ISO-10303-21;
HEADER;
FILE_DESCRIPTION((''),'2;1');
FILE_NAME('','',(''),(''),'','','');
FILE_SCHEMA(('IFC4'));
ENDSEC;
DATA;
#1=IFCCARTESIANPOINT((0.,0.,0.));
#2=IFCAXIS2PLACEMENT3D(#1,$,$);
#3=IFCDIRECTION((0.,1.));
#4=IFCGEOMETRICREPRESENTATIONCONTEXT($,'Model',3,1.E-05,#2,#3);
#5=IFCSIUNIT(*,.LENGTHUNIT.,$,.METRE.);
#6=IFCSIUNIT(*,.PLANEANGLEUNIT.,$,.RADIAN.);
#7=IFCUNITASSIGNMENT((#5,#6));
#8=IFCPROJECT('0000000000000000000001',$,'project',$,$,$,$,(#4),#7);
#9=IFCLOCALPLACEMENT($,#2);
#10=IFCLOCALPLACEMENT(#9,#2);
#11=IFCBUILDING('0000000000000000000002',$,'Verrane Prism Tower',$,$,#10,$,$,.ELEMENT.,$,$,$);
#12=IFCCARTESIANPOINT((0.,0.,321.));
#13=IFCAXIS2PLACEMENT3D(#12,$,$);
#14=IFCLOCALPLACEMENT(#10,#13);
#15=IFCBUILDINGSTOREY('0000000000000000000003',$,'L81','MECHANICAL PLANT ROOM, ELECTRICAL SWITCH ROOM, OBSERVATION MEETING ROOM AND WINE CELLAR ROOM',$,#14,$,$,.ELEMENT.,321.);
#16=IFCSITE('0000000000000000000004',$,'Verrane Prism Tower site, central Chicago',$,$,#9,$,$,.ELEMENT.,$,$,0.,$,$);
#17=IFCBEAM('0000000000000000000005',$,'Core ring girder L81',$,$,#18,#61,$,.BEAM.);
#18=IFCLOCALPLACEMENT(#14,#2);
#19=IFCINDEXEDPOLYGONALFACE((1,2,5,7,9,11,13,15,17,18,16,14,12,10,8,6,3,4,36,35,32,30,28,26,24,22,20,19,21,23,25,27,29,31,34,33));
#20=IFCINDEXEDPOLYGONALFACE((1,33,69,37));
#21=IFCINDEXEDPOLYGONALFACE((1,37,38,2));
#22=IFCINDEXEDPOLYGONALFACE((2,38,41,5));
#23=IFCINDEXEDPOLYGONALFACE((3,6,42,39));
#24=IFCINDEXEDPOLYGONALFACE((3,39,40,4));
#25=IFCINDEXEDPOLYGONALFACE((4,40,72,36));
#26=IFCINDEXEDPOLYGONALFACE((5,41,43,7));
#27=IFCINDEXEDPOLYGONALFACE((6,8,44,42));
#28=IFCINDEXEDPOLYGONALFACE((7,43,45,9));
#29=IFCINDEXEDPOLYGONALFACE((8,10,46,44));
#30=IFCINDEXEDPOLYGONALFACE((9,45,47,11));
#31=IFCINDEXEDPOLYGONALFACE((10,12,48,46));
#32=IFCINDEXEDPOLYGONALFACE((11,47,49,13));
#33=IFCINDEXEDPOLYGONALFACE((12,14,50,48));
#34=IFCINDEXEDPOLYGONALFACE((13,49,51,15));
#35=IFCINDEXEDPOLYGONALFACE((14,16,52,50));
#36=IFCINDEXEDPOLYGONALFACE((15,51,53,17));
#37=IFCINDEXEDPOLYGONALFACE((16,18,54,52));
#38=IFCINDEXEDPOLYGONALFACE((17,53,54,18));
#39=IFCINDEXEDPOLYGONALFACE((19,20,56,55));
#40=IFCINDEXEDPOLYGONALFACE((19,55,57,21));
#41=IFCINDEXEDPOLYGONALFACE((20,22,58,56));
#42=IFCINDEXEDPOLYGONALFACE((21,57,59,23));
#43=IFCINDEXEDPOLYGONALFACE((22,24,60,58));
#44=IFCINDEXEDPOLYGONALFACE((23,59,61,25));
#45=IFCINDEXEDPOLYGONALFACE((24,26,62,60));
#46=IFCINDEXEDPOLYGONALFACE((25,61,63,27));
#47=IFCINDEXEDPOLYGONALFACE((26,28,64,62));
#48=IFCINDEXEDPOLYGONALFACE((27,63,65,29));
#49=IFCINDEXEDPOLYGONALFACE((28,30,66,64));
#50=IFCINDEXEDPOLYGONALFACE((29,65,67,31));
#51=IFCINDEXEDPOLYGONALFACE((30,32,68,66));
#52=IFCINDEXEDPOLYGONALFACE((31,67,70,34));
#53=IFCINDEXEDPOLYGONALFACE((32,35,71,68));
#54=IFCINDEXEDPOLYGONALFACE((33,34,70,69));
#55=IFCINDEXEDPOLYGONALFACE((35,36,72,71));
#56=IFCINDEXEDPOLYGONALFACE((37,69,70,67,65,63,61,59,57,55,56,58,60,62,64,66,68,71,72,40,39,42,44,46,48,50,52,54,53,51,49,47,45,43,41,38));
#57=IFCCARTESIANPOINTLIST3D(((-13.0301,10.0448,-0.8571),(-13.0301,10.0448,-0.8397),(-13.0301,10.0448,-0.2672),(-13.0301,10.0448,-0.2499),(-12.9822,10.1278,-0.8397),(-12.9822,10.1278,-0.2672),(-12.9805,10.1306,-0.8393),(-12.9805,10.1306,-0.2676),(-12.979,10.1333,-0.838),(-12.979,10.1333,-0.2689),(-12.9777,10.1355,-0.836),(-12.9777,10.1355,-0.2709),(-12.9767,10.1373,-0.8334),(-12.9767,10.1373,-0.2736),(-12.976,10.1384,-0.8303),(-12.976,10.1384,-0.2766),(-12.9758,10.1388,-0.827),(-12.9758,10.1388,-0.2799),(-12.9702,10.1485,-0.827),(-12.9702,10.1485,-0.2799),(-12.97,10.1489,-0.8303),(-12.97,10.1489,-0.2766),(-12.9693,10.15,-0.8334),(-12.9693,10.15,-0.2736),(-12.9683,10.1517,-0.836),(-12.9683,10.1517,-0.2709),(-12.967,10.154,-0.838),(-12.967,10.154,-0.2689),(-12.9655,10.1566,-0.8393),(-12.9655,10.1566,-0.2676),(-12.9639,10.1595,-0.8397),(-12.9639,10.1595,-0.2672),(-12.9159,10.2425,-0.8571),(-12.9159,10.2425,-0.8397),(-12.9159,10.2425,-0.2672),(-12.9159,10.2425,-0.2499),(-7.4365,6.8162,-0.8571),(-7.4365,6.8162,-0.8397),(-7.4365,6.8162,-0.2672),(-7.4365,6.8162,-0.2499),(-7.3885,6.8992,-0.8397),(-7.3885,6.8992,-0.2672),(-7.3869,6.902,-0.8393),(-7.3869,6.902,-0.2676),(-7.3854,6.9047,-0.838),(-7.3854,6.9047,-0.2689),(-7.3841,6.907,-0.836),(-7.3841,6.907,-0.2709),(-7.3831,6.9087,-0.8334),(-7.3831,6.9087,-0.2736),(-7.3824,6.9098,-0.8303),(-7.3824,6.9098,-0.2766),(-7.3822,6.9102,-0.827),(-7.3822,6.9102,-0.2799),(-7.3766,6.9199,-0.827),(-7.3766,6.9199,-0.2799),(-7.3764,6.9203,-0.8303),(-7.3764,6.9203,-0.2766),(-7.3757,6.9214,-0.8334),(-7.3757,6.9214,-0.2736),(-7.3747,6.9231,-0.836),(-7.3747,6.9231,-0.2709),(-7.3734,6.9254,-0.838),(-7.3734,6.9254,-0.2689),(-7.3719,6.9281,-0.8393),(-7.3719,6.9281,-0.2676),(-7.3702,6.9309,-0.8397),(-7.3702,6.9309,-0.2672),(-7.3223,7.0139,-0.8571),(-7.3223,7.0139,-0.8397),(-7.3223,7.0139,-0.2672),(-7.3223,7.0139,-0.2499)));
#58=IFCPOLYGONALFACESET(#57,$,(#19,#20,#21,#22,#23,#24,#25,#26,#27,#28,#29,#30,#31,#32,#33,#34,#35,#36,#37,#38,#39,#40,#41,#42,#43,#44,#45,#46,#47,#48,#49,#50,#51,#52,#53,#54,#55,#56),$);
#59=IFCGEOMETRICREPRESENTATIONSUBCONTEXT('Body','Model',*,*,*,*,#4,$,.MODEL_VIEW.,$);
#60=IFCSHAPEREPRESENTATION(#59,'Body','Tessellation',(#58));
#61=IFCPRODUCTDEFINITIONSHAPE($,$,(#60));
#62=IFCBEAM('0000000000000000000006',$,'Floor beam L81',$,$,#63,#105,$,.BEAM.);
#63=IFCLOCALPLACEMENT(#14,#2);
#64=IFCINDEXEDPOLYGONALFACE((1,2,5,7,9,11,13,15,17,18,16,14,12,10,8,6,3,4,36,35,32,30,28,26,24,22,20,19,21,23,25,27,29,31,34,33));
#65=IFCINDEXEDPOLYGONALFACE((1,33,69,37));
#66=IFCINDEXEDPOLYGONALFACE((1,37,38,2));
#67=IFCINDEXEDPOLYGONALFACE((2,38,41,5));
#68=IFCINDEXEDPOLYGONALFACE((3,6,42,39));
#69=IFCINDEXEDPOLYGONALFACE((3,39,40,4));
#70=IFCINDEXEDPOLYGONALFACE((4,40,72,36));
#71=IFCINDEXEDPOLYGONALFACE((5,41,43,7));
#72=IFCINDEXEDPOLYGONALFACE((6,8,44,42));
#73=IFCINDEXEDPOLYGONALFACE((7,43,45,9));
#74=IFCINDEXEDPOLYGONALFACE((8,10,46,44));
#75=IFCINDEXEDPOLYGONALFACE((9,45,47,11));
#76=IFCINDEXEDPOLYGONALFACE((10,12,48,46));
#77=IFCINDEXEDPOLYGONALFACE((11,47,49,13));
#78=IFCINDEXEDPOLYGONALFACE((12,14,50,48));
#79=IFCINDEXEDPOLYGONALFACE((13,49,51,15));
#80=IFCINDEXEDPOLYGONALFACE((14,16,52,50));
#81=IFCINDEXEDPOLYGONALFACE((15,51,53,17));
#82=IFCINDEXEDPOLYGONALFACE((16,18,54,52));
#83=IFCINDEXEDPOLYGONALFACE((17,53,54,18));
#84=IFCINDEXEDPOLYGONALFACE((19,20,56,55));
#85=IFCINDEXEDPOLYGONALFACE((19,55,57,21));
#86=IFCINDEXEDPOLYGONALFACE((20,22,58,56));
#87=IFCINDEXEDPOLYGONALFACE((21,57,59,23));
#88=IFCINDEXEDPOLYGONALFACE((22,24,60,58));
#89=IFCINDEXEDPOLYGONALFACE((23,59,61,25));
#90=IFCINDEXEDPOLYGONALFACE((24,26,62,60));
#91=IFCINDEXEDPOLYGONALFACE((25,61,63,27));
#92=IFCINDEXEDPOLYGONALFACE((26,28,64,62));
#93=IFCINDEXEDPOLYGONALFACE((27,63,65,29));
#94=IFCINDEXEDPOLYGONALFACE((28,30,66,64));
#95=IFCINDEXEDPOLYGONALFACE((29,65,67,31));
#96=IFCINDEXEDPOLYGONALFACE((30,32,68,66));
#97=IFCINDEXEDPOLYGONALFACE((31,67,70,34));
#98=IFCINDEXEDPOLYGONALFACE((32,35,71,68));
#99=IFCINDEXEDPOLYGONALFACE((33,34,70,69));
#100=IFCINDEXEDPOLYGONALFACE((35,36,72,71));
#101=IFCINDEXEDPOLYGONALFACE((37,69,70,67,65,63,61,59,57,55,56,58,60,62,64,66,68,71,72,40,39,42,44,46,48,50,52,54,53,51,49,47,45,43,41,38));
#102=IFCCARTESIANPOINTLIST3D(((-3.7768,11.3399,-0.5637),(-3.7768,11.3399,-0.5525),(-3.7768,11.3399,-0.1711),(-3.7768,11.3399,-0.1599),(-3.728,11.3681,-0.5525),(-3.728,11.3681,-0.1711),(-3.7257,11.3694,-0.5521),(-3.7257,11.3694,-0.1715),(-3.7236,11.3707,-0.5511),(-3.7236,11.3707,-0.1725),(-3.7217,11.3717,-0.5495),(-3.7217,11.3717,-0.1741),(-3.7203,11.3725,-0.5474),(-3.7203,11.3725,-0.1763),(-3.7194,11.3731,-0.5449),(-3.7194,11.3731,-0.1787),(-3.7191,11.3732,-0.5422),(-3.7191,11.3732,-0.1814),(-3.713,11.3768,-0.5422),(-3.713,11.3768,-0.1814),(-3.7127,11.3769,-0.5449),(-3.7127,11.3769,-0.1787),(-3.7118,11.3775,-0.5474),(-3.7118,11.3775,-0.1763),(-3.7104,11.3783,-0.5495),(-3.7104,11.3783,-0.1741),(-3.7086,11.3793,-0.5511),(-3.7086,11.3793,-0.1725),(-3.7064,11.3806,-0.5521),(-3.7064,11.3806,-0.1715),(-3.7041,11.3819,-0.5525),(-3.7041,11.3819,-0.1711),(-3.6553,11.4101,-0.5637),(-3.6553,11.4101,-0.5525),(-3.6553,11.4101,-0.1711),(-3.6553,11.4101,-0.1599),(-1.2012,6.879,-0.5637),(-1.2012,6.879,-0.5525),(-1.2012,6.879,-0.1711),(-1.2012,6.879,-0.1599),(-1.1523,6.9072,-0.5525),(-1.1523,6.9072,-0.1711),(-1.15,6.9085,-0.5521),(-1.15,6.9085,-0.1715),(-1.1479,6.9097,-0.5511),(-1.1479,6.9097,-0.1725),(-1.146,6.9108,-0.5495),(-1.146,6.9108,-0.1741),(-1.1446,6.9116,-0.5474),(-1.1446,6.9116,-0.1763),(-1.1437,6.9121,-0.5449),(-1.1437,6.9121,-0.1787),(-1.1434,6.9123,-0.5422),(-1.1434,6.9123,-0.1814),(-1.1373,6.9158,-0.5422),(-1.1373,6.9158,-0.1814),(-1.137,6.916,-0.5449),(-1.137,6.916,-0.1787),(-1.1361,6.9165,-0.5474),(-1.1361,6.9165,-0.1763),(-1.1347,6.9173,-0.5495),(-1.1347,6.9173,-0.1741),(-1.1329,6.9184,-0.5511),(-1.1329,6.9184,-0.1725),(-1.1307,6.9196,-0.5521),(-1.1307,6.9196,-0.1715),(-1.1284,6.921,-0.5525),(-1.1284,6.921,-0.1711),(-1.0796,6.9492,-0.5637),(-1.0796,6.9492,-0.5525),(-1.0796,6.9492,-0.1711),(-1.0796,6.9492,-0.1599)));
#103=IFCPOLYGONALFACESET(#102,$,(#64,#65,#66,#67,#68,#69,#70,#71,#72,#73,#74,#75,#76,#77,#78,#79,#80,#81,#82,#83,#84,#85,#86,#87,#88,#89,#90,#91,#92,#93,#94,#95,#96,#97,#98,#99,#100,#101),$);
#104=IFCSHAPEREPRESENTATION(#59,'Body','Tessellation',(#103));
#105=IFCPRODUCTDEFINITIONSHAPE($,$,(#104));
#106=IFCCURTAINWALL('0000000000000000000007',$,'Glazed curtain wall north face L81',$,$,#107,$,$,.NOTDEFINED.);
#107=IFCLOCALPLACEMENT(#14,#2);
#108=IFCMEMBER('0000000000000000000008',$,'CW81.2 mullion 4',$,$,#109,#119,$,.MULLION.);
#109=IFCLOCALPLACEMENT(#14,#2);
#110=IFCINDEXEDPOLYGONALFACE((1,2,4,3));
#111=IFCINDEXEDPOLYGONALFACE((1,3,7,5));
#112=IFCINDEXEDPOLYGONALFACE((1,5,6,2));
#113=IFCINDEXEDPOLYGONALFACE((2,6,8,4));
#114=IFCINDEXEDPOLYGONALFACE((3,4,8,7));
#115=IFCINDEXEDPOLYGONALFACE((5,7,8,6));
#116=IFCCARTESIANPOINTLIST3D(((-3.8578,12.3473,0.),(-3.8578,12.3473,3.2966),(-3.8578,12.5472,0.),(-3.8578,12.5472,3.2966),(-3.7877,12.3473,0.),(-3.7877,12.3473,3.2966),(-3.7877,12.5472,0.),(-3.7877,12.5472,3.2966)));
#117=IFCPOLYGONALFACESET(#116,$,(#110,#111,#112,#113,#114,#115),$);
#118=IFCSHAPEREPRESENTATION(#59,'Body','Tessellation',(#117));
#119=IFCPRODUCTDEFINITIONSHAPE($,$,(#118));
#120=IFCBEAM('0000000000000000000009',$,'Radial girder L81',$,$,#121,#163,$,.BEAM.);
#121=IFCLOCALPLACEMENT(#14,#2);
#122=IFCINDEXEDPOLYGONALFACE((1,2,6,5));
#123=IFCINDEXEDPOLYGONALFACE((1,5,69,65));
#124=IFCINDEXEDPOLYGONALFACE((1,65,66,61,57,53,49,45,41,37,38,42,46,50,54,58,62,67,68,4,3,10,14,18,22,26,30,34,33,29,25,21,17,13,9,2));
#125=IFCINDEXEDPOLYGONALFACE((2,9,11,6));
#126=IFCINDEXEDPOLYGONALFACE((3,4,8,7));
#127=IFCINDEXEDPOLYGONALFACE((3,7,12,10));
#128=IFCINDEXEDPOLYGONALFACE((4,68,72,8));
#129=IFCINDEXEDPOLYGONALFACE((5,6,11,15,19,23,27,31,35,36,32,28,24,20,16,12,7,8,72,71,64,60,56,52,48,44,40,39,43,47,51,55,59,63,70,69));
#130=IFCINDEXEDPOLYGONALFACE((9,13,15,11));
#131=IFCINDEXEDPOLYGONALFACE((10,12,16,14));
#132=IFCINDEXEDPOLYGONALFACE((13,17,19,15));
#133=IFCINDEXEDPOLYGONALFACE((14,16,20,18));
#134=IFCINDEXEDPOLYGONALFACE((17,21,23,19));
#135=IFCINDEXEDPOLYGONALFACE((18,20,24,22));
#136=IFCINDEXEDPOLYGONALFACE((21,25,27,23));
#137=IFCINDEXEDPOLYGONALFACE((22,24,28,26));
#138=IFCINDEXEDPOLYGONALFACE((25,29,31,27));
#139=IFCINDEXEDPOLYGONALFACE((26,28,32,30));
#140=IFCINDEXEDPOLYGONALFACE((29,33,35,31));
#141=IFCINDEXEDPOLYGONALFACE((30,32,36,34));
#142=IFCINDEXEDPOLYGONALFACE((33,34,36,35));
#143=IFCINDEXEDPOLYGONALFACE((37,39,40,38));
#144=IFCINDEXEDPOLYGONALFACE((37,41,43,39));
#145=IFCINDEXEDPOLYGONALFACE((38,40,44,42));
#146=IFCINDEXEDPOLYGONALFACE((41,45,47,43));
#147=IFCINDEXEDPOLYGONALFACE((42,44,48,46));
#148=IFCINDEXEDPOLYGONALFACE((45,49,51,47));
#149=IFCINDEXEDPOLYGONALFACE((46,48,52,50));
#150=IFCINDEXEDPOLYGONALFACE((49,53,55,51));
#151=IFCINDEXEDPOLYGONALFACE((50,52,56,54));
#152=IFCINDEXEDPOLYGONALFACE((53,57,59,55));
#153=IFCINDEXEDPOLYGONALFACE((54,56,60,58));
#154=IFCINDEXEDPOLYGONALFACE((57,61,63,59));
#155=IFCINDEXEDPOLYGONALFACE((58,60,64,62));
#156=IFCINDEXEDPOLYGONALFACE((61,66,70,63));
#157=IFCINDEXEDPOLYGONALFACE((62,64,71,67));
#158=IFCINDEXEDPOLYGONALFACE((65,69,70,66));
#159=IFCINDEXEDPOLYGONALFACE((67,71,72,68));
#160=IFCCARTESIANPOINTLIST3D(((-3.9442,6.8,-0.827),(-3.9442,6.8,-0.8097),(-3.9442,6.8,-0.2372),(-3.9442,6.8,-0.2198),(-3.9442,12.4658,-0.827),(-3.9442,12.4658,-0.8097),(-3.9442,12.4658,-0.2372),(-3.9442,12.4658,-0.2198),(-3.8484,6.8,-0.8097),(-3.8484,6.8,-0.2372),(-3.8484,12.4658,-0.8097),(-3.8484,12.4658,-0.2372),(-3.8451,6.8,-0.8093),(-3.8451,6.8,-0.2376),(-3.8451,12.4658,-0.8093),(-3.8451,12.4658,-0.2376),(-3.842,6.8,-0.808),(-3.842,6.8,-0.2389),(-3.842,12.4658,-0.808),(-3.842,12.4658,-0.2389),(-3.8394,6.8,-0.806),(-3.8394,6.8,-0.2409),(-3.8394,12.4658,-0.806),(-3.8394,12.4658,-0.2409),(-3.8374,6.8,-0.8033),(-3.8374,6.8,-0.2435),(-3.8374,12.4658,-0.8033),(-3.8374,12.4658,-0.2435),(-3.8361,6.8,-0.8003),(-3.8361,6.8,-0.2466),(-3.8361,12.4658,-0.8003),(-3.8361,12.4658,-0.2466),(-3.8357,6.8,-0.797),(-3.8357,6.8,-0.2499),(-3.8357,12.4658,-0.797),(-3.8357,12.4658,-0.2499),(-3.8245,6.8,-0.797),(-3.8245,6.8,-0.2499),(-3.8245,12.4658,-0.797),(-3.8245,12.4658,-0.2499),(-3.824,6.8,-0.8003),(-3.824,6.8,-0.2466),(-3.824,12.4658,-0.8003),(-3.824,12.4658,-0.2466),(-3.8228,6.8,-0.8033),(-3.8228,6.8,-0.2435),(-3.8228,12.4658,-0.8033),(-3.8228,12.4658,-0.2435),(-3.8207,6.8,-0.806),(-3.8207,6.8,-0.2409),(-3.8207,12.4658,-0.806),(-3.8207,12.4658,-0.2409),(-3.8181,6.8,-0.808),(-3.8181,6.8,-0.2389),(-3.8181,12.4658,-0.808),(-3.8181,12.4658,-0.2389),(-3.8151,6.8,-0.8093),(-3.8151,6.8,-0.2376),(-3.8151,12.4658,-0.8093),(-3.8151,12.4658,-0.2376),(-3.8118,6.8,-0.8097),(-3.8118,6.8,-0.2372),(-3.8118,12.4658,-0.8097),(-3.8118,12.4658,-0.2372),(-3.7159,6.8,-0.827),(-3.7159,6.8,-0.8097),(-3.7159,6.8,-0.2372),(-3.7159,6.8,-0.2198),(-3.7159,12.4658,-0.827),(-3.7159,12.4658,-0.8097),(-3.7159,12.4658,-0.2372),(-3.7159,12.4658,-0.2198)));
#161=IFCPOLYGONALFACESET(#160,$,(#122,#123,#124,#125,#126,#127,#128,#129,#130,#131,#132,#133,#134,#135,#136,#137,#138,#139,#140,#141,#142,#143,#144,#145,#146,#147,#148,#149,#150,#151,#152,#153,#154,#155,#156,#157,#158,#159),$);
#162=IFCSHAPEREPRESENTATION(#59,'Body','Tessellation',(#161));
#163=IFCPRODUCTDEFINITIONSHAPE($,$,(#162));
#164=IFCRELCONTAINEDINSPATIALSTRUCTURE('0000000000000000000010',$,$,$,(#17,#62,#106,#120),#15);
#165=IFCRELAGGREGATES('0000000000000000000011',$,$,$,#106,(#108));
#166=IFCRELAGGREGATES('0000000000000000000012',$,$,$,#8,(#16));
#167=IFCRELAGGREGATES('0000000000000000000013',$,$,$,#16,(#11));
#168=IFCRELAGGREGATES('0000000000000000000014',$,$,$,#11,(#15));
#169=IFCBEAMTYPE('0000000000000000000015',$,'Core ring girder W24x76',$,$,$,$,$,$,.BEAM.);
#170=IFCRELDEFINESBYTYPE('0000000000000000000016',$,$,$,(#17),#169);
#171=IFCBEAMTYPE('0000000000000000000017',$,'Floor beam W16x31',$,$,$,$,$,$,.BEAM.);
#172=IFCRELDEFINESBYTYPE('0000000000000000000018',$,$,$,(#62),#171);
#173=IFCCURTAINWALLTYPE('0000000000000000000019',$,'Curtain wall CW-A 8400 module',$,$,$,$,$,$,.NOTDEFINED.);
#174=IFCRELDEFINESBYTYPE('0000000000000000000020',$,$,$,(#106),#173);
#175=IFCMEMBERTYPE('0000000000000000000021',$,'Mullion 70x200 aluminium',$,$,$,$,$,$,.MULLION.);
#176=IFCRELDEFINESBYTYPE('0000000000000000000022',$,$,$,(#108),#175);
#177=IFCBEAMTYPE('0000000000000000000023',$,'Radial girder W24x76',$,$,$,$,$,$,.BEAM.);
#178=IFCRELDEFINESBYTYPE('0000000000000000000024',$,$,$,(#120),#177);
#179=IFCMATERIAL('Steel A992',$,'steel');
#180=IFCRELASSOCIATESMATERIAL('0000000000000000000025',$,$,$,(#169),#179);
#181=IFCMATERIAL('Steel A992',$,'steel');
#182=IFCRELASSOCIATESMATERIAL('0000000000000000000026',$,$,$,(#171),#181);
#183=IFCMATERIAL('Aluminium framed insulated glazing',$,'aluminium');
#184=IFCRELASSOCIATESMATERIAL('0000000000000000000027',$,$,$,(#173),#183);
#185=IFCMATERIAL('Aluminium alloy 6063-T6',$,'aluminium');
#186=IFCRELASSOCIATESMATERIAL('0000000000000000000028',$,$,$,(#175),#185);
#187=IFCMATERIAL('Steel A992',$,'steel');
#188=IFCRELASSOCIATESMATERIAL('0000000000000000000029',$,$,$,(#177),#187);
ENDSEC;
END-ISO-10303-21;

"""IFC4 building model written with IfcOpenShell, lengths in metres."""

from ifc_helpers import new_model, si_unit, direction, frame, origin, origin_2d, place, context, subcontext, project, spatial, rectangle, i_section, extrude, material, material_profile, profile_set, type_object, element, aggregate, save


model = new_model("IFC4")

# Units and contexts
model_context = context("Model", 3, precision=1e-05, world=origin(), true_north=direction((0.0, 1.0)))
body_context = subcontext(model_context, "Body", "Model", "MODEL_VIEW")
ifc_project = project(units=[si_unit("LENGTHUNIT", "METRE"), si_unit("PLANEANGLEUNIT", "RADIAN")], contexts=[model_context])

# Site, building, storey
site_placement = place(None, origin())
site = spatial("IfcSite", under=ifc_project, at=site_placement, Name="Verrane Prism Tower site, central Chicago", CompositionType="ELEMENT", RefElevation=0.0)
building_placement = place(site_placement, origin())
building = spatial("IfcBuilding", under=site, at=building_placement, Name="Verrane Prism Tower", CompositionType="ELEMENT")
storey_placement = place(building_placement, frame((0.0, 0.0, 321.0)))
storey = spatial("IfcBuildingStorey", under=building, at=storey_placement, Name="L81", Description="MECHANICAL PLANT ROOM, ELECTRICAL SWITCH ROOM, OBSERVATION MEETING ROOM AND WINE CELLAR ROOM", CompositionType="ELEMENT", Elevation=321.0)

# Beams
ifc_material_1 = material(Name="Steel A992", Category="steel")
ifc_material_profile_1 = material_profile(ifc_material_1, i_section(OverallWidth=0.2283, OverallDepth=0.6072, WebThickness=0.0112, FlangeThickness=0.0173, FilletRadius=0.0127, at=origin_2d()), Name="W24x76")
ifc_profile_set_1 = profile_set([ifc_material_profile_1], Name="Steel A992")
beam_type_1 = type_object("IfcBeamType", Name="Core ring girder W24x76", PredefinedType="BEAM", material=ifc_profile_set_1)
beam_1_placement = place(storey_placement, frame((-7.3794, 6.915, -0.5535), z_axis=(-0.866086, 0.499896, 0.0), x_axis=(-0.499896, -0.866086, 0.0)))
element("IfcBeam", 1, at=beam_1_placement, inside=storey, type_object=beam_type_1, Name="Core ring girder L81", PredefinedType="BEAM", context=body_context, shape_type="SweptSolid", body=[
    extrude(i_section(OverallWidth=0.2283, OverallDepth=0.6072, WebThickness=0.0112, FlangeThickness=0.0173, FilletRadius=0.0127, at=origin_2d()), origin(), (0.0, 0.0, 1.0), 6.4585),
])
ifc_material_2 = material(Name="Steel A992", Category="steel")
ifc_material_profile_2 = material_profile(ifc_material_2, i_section(OverallWidth=0.1404, OverallDepth=0.4038, WebThickness=0.0071, FlangeThickness=0.0112, FilletRadius=0.0103, at=origin_2d()), Name="W16x31")
ifc_profile_set_2 = profile_set([ifc_material_profile_2], Name="Steel A992")
beam_type_2 = type_object("IfcBeamType", Name="Floor beam W16x31", PredefinedType="BEAM", material=ifc_profile_set_2)
beam_2_placement = place(storey_placement, frame((-1.1404, 6.9141, -0.3618), z_axis=(-0.500023, 0.866012, 0.0), x_axis=(-0.866012, -0.500023, 0.0)))
element("IfcBeam", 2, at=beam_2_placement, inside=storey, type_object=beam_type_2, Name="Floor beam L81", PredefinedType="BEAM", context=body_context, shape_type="SweptSolid", body=[
    extrude(i_section(OverallWidth=0.1404, OverallDepth=0.4038, WebThickness=0.0071, FlangeThickness=0.0112, FilletRadius=0.0103, at=origin_2d()), origin(), (0.0, 0.0, 1.0), 5.1511),
])

# Curtain wall, member
ifc_material_3 = material(Name="Aluminium framed insulated glazing", Category="aluminium")
curtain_wall_type = type_object("IfcCurtainWallType", Name="Curtain wall CW-A 8400 module", PredefinedType="NOTDEFINED", material=ifc_material_3)
curtain_wall_placement = place(storey_placement, origin())
curtain_wall = element("IfcCurtainWall", 3, at=curtain_wall_placement, inside=storey, type_object=curtain_wall_type, Name="Glazed curtain wall north face L81", PredefinedType="NOTDEFINED")
ifc_material_4 = material(Name="Aluminium alloy 6063-T6", Category="aluminium")
ifc_material_profile_3 = material_profile(ifc_material_4, rectangle(XDim=0.2, YDim=0.0701, at=origin_2d()), Name="Mullion 70x200 aluminium")
ifc_profile_set_3 = profile_set([ifc_material_profile_3], Name="Aluminium alloy 6063-T6")
member_type_1 = type_object("IfcMemberType", Name="Mullion 70x200 aluminium", PredefinedType="MULLION", material=ifc_profile_set_3)
member_1_placement = place(storey_placement, frame((-3.8228, 12.4473, 0.0), z_axis=(0.0, 0.0, 1.0), x_axis=(0.0, -1.0, 0.0)))
member_1 = element("IfcMember", 4, at=member_1_placement, type_object=member_type_1, Name="CW81.2 mullion 4", PredefinedType="MULLION", context=body_context, shape_type="SweptSolid", body=[
    extrude(rectangle(XDim=0.2, YDim=0.0701, at=origin_2d()), origin(), (0.0, 0.0, 1.0), 3.2966),
])

# Beam
ifc_material_5 = material(Name="Steel A992", Category="steel")
ifc_material_profile_4 = material_profile(ifc_material_5, i_section(OverallWidth=0.2283, OverallDepth=0.6072, WebThickness=0.0112, FlangeThickness=0.0173, FilletRadius=0.0127, at=origin_2d()), Name="W24x76")
ifc_profile_set_4 = profile_set([ifc_material_profile_4], Name="Steel A992")
beam_type_3 = type_object("IfcBeamType", Name="Radial girder W24x76", PredefinedType="BEAM", material=ifc_profile_set_4)
beam_3_placement = place(storey_placement, frame((-3.8301, 12.4658, -0.5234), z_axis=(0.0, -1.0, 0.0), x_axis=(1.0, 0.0, 0.0)))
element("IfcBeam", 5, at=beam_3_placement, inside=storey, type_object=beam_type_3, Name="Radial girder L81", PredefinedType="BEAM", context=body_context, shape_type="SweptSolid", body=[
    extrude(i_section(OverallWidth=0.2283, OverallDepth=0.6072, WebThickness=0.0112, FlangeThickness=0.0173, FilletRadius=0.0127, at=origin_2d()), origin(), (0.0, 0.0, 1.0), 5.6658),
])

aggregate(curtain_wall, [member_1])

save(model, "model.ifc")
